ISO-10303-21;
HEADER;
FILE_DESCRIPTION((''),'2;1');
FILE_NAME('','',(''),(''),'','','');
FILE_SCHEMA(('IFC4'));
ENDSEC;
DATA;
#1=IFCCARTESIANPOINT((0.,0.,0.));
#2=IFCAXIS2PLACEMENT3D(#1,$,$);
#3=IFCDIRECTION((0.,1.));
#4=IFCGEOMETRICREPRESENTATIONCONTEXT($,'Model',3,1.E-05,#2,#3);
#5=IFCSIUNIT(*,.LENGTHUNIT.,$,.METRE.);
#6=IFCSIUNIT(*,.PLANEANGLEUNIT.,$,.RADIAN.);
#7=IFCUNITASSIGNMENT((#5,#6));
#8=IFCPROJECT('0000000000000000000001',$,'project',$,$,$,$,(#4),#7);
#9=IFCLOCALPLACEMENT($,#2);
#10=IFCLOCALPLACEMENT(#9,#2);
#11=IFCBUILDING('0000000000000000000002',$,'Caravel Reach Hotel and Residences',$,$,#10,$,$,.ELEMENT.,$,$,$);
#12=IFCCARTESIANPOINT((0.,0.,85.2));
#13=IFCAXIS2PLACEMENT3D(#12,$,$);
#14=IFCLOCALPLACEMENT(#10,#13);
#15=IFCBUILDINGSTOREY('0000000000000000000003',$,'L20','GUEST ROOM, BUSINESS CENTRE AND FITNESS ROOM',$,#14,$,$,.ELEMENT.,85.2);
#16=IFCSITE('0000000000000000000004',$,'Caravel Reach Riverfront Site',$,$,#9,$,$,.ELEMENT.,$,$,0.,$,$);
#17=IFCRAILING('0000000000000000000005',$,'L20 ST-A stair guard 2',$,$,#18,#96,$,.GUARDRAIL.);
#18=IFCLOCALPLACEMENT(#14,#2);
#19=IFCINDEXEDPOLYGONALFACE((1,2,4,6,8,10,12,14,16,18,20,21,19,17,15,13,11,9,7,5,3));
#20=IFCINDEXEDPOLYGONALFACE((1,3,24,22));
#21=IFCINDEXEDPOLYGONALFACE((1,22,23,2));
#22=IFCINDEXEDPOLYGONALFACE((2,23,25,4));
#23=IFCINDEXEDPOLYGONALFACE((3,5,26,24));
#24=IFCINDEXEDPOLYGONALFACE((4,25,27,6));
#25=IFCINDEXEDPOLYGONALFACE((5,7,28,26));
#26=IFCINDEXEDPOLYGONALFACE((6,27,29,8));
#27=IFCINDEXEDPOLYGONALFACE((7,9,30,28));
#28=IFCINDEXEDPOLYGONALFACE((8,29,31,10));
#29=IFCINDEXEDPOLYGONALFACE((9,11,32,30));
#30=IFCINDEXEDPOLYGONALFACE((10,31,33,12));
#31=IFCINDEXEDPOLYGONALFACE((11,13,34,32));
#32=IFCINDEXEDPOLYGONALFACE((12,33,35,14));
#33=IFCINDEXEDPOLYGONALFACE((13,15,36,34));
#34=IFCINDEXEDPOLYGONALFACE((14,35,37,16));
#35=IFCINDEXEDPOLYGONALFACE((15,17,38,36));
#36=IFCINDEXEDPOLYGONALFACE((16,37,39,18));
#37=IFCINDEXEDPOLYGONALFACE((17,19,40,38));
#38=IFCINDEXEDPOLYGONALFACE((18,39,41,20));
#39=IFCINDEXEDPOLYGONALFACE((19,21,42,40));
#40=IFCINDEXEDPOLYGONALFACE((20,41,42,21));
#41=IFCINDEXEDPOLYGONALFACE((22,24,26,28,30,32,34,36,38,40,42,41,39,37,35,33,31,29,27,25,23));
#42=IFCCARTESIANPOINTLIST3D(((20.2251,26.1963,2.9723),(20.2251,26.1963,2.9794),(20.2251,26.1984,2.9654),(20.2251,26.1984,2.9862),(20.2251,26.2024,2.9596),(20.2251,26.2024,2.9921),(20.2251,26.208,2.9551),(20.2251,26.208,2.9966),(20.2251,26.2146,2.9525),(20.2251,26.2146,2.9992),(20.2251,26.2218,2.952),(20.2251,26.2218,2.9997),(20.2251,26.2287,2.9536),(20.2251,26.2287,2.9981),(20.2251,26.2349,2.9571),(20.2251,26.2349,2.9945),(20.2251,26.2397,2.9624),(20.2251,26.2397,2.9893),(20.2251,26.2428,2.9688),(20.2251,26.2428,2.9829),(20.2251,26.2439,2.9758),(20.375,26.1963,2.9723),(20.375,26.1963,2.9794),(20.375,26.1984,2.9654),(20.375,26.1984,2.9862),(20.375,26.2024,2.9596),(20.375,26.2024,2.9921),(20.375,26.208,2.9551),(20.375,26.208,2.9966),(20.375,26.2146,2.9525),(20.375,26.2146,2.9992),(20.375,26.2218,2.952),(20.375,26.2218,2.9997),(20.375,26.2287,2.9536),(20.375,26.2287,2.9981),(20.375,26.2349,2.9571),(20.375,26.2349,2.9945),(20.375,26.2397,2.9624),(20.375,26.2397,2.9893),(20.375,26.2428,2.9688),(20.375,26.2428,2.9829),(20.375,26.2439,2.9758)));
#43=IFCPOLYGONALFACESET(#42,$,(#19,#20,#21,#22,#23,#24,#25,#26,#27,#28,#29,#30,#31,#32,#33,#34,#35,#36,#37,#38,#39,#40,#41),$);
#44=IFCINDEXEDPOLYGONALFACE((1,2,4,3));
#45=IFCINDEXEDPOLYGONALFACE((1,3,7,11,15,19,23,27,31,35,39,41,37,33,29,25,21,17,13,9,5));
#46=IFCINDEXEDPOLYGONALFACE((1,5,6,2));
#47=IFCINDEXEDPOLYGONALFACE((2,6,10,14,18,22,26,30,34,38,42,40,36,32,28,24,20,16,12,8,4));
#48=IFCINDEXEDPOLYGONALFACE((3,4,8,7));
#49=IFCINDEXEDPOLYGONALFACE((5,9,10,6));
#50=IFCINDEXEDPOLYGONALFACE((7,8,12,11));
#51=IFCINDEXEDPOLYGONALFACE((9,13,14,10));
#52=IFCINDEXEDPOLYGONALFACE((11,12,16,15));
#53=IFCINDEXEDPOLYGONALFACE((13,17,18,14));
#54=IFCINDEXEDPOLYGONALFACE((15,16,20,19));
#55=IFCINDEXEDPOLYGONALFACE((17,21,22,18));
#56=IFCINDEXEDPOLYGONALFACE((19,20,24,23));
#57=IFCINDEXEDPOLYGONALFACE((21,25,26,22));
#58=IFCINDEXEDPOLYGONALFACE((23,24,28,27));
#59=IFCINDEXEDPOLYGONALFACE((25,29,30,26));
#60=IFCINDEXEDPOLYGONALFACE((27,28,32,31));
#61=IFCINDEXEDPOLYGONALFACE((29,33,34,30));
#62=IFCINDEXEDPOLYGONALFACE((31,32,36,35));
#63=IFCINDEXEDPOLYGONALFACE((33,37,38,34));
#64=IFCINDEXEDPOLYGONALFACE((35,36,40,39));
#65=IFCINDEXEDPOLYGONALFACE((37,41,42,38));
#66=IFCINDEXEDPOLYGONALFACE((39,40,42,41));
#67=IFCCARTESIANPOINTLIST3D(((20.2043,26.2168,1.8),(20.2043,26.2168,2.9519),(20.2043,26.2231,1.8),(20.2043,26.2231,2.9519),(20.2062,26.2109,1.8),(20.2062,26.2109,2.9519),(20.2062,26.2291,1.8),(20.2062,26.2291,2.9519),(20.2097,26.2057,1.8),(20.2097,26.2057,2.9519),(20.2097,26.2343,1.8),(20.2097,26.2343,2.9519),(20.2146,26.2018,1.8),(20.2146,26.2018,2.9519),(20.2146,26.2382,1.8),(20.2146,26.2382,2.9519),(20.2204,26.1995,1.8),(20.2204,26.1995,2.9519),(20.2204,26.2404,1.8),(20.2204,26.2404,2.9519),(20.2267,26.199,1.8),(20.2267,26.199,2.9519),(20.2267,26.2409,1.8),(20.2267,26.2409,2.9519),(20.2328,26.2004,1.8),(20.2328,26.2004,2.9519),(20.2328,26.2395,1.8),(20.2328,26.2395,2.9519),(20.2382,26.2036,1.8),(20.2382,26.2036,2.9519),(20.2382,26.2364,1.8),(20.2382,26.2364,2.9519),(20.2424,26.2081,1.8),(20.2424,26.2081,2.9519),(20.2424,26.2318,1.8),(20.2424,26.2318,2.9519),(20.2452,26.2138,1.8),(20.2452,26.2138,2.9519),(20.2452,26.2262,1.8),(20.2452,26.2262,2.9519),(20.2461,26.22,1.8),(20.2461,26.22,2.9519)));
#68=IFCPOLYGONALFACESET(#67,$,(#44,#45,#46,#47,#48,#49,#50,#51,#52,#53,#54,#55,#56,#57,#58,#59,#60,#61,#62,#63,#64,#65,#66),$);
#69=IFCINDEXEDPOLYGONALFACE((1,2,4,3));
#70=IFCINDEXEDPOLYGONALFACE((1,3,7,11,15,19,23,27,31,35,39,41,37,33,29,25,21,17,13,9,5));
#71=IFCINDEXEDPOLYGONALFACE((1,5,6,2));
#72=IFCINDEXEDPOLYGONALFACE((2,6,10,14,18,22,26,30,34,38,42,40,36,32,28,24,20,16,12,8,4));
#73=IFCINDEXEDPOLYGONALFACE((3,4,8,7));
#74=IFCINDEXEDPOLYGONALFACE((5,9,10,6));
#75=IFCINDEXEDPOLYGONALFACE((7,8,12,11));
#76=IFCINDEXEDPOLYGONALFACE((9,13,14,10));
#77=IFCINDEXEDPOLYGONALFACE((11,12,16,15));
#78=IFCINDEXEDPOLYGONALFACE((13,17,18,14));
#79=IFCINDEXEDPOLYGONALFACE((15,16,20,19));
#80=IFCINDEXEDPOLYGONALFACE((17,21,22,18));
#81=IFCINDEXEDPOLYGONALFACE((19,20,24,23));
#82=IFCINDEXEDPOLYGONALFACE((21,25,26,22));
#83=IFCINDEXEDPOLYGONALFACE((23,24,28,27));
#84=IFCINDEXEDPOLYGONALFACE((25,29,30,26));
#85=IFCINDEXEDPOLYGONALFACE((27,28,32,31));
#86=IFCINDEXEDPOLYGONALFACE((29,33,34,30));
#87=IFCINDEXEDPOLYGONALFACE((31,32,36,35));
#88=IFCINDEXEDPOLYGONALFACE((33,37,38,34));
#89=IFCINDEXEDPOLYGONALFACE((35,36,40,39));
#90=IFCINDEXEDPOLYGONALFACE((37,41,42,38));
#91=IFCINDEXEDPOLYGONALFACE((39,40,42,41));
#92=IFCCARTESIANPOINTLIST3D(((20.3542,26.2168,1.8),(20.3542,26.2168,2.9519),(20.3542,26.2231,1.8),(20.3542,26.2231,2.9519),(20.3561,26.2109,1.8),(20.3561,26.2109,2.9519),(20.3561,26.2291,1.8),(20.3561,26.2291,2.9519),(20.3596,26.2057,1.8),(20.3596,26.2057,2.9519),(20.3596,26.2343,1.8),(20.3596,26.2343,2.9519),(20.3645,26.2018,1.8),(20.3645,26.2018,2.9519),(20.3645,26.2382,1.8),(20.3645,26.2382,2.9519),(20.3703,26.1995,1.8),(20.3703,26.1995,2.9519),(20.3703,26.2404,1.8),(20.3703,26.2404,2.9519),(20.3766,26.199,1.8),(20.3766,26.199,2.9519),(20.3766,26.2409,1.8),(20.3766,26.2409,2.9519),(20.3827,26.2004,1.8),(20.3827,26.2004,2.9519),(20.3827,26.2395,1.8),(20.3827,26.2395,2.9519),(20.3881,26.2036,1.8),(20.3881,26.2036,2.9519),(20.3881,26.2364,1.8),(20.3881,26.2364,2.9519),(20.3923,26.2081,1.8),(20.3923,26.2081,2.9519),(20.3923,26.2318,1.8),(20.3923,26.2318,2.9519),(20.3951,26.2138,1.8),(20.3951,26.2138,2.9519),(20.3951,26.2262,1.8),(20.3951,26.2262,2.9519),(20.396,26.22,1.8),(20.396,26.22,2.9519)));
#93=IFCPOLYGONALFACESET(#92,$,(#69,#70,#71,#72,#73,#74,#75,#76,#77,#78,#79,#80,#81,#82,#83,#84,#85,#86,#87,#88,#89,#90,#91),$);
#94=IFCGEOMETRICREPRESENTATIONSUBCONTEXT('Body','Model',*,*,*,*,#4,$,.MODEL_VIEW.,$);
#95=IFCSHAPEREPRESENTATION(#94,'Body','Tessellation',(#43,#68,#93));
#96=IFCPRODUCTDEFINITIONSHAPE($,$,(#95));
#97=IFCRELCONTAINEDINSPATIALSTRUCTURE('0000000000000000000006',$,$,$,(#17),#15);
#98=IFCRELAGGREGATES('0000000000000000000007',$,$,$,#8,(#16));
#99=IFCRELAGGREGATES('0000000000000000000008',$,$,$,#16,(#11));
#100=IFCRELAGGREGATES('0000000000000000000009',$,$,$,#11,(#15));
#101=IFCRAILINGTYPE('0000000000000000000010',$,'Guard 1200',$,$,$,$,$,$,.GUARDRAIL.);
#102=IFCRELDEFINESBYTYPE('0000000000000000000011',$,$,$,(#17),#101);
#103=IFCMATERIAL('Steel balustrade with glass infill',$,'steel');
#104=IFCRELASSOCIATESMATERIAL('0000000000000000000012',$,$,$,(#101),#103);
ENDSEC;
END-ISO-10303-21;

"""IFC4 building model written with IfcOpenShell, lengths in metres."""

from ifc_helpers import new_model, si_unit, direction, frame, origin, origin_2d, place, context, subcontext, project, spatial, circle, extrude, material, type_object, element, save


model = new_model("IFC4")

# Units and contexts
model_context = context("Model", 3, precision=1e-05, world=origin(), true_north=direction((0.0, 1.0)))
body_context = subcontext(model_context, "Body", "Model", "MODEL_VIEW")
ifc_project = project(units=[si_unit("LENGTHUNIT", "METRE"), si_unit("PLANEANGLEUNIT", "RADIAN")], contexts=[model_context])

# Site, building, storey
site_placement = place(None, origin())
site = spatial("IfcSite", under=ifc_project, at=site_placement, Name="Caravel Reach Riverfront Site", CompositionType="ELEMENT", RefElevation=0.0)
building_placement = place(site_placement, origin())
building = spatial("IfcBuilding", under=site, at=building_placement, Name="Caravel Reach Hotel and Residences", CompositionType="ELEMENT")
storey_placement = place(building_placement, frame((0.0, 0.0, 85.2)))
storey = spatial("IfcBuildingStorey", under=building, at=storey_placement, Name="L20", Description="GUEST ROOM, BUSINESS CENTRE AND FITNESS ROOM", CompositionType="ELEMENT", Elevation=85.2)

# Railing
ifc_material_1 = material(Name="Steel balustrade with glass infill", Category="steel")
railing_type_1 = type_object("IfcRailingType", Name="Guard 1200", PredefinedType="GUARDRAIL", material=ifc_material_1)
railing_1_placement = place(storey_placement, frame((20.2251, 26.22, 1.8)))
element("IfcRailing", 1, at=railing_1_placement, inside=storey, type_object=railing_type_1, Name="L20 ST-A stair guard 2", PredefinedType="GUARDRAIL", context=body_context, shape_type="SweptSolid", body=[
    extrude(circle(Radius=0.0239, at=origin_2d()), frame((0.0, 0.0, 1.1758), z_axis=(1.0, 0.0, 0.0), x_axis=(0.0, 1.0, 0.0)), (0.0, 0.0, 1.0), 0.1499),
    extrude(circle(Radius=0.021, at=origin_2d()), origin(), (0.0, 0.0, 1.0), 1.1519),
    extrude(circle(Radius=0.021, at=origin_2d()), frame((0.1499, 0.0, 0.0)), (0.0, 0.0, 1.0), 1.1519),
])

save(model, "model.ifc")
